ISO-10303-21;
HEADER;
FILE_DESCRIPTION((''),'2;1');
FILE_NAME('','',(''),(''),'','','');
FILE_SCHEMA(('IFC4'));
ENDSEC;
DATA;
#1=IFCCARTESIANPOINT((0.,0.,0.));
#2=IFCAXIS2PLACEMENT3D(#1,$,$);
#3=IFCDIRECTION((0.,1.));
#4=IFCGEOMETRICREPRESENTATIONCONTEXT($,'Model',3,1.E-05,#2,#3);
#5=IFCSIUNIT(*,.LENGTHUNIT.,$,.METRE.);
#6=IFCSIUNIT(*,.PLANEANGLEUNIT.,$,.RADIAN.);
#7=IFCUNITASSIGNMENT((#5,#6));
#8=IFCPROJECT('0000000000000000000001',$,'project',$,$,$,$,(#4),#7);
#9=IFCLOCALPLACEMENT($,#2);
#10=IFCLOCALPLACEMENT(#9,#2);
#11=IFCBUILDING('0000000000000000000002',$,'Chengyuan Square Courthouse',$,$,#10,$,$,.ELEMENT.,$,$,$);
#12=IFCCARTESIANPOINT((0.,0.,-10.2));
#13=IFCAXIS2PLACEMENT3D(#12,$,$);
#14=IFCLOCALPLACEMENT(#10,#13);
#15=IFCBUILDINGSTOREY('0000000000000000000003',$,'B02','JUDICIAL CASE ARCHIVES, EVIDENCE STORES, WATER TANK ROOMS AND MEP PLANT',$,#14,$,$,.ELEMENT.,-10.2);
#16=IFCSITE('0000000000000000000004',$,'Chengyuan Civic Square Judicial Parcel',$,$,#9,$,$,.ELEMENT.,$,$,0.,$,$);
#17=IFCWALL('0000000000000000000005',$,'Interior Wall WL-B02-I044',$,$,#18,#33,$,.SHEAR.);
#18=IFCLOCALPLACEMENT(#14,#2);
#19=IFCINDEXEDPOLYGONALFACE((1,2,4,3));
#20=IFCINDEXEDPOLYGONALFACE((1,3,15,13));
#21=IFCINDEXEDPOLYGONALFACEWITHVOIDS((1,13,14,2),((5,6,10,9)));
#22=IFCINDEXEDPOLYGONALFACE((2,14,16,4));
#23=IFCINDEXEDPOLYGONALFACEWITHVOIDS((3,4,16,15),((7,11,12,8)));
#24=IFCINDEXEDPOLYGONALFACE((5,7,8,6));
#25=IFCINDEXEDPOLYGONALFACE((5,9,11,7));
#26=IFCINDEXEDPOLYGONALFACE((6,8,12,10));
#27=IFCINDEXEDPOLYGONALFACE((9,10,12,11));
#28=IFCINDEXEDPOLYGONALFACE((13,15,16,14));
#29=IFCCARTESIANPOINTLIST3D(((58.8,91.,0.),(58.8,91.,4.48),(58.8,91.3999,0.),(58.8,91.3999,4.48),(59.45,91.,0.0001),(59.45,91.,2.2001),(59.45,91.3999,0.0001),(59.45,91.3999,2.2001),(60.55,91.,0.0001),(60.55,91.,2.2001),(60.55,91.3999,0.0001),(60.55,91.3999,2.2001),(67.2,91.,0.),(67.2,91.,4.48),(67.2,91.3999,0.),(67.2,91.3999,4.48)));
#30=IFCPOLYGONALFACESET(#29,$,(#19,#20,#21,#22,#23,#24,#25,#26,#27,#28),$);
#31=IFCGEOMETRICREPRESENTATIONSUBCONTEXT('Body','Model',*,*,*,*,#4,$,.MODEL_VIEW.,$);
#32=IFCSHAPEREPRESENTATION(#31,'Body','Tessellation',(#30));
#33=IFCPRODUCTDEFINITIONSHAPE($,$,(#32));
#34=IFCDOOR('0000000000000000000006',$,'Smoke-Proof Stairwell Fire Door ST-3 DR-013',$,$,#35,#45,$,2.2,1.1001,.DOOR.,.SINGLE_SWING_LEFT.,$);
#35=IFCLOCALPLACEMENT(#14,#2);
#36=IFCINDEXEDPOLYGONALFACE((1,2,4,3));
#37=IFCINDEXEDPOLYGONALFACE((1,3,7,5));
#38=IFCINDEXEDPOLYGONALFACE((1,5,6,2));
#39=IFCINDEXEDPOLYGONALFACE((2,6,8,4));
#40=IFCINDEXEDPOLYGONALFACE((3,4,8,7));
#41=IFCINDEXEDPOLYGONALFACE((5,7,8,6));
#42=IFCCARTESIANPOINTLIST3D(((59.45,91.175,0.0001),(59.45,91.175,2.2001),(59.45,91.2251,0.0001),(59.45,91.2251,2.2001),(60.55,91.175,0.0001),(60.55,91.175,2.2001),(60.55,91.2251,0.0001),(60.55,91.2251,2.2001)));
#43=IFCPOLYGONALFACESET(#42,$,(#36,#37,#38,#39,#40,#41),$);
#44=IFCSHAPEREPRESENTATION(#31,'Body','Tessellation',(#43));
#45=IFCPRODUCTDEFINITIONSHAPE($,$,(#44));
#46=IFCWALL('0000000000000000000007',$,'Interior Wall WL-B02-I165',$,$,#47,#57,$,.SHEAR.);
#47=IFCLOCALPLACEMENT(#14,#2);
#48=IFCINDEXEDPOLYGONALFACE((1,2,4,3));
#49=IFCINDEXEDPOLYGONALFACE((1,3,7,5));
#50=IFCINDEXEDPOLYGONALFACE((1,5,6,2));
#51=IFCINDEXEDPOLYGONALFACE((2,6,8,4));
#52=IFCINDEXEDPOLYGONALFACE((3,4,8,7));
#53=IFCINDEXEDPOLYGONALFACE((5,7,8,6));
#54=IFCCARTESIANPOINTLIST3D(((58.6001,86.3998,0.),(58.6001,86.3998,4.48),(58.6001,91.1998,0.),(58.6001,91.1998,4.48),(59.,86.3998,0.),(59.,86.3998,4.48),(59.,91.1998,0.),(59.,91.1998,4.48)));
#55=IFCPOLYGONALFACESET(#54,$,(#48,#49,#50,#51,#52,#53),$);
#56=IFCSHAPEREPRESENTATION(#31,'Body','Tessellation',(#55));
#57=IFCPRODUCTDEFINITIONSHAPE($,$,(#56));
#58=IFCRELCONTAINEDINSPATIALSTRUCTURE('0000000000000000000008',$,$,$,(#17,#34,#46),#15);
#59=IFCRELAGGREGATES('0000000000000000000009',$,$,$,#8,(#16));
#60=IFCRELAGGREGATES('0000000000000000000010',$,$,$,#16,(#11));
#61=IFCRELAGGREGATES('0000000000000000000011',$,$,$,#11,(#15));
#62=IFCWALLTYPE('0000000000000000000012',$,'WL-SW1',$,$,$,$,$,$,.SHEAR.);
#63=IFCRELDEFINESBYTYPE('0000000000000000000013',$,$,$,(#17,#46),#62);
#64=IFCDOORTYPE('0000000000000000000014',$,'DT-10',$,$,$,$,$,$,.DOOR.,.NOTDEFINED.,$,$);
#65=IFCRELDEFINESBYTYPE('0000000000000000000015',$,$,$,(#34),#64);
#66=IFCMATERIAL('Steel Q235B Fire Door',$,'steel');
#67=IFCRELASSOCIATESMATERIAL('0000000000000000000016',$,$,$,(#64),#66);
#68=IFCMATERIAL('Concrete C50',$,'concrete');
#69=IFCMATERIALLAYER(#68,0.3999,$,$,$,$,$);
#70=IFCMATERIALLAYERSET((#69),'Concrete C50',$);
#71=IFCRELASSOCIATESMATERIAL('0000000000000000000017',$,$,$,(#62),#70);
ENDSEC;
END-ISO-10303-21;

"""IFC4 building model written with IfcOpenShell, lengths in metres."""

from ifc_helpers import new_model, si_unit, direction, frame, frame_2d, origin, place, context, subcontext, project, spatial, rectangle, extrude, material, layer, layer_set, type_object, element, fill, save


model = new_model("IFC4")

# Units and contexts
model_context = context("Model", 3, precision=1e-05, world=origin(), true_north=direction((0.0, 1.0)))
body_context = subcontext(model_context, "Body", "Model", "MODEL_VIEW")
ifc_project = project(units=[si_unit("LENGTHUNIT", "METRE"), si_unit("PLANEANGLEUNIT", "RADIAN")], contexts=[model_context])

# Site, building, storey
site_placement = place(None, origin())
site = spatial("IfcSite", under=ifc_project, at=site_placement, Name="Chengyuan Civic Square Judicial Parcel", CompositionType="ELEMENT", RefElevation=0.0)
building_placement = place(site_placement, origin())
building = spatial("IfcBuilding", under=site, at=building_placement, Name="Chengyuan Square Courthouse", CompositionType="ELEMENT")
storey_placement = place(building_placement, frame((0.0, 0.0, -10.2)))
storey = spatial("IfcBuildingStorey", under=building, at=storey_placement, Name="B02", Description="JUDICIAL CASE ARCHIVES, EVIDENCE STORES, WATER TANK ROOMS AND MEP PLANT", CompositionType="ELEMENT", Elevation=-10.2)

# Shared definitions
ifc_material_1 = material(Name="Concrete C50", Category="concrete")

# Shared definitions
ifc_material_2 = material(Name="Steel Q235B Fire Door", Category="steel")
door_type_1 = type_object("IfcDoorType", Name="DT-10", OperationType="NOTDEFINED", PredefinedType="DOOR", material=ifc_material_2)

# Shared definitions
ifc_layer_1 = layer(ifc_material_1, 0.3999)
ifc_layer_set_1 = layer_set([ifc_layer_1], Name="Concrete C50")
wall_type_1 = type_object("IfcWallType", Name="WL-SW1", PredefinedType="SHEAR", material=ifc_layer_set_1)

# Wall, opening, door
wall_1_placement = place(storey_placement, frame((58.8, 91.2, 0.0), z_axis=(0.0, 0.0, 1.0), x_axis=(1.0, 0.0, 0.0)))
wall_1 = element("IfcWall", 1, at=wall_1_placement, inside=storey, type_object=wall_type_1, Name="Interior Wall WL-B02-I044", PredefinedType="SHEAR", context=body_context, shape_type="SweptSolid", body=[
    extrude(rectangle(XDim=8.3999, YDim=0.3999, at=frame_2d((4.2, 0.0))), origin(), (0.0, 0.0, 1.0), 4.48),
])
opening_1_placement = place(wall_1_placement, frame((0.6499, 0.0, 0.0)))
opening_1 = element("IfcOpeningElement", 2, at=opening_1_placement, cuts=wall_1, PredefinedType="OPENING", context=body_context, shape_type="SweptSolid", body=[
    extrude(rectangle(XDim=1.1001, YDim=2.2, at=frame_2d((0.55, 1.1001))), frame((0.0, 0.2119, 0.0), z_axis=(0.0, -1.0, 0.0), x_axis=(1.0, 0.0, 0.0)), (0.0, 0.0, 1.0), 0.4238),
])
door_1_placement = place(opening_1_placement, frame((1.1001, 0.0, 0.0), z_axis=(0.0, 0.0, 1.0), x_axis=(-1.0, 0.0, 0.0)))
door_1 = element("IfcDoor", 3, at=door_1_placement, inside=storey, type_object=door_type_1, Name="Smoke-Proof Stairwell Fire Door ST-3 DR-013", OperationType="SINGLE_SWING_LEFT", OverallHeight=2.2, OverallWidth=1.1001, PredefinedType="DOOR", context=body_context, shape_type="SweptSolid", body=[
    extrude(rectangle(XDim=1.1001, YDim=2.2, at=frame_2d((0.55, 1.1001))), frame((0.0, 0.0249, 0.0), z_axis=(0.0, -1.0, 0.0), x_axis=(1.0, 0.0, 0.0)), (0.0, 0.0, 1.0), 0.05),
])
fill(opening_1, door_1)

# Wall
wall_2_placement = place(storey_placement, frame((58.8, 86.3999, 0.0), z_axis=(0.0, 0.0, 1.0), x_axis=(0.0, 1.0, 0.0)))
element("IfcWall", 4, at=wall_2_placement, inside=storey, type_object=wall_type_1, Name="Interior Wall WL-B02-I165", PredefinedType="SHEAR", context=body_context, shape_type="SweptSolid", body=[
    extrude(rectangle(XDim=4.8, YDim=0.3999, at=frame_2d((2.3999, 0.0))), origin(), (0.0, 0.0, 1.0), 4.48),
])

save(model, "model.ifc")
